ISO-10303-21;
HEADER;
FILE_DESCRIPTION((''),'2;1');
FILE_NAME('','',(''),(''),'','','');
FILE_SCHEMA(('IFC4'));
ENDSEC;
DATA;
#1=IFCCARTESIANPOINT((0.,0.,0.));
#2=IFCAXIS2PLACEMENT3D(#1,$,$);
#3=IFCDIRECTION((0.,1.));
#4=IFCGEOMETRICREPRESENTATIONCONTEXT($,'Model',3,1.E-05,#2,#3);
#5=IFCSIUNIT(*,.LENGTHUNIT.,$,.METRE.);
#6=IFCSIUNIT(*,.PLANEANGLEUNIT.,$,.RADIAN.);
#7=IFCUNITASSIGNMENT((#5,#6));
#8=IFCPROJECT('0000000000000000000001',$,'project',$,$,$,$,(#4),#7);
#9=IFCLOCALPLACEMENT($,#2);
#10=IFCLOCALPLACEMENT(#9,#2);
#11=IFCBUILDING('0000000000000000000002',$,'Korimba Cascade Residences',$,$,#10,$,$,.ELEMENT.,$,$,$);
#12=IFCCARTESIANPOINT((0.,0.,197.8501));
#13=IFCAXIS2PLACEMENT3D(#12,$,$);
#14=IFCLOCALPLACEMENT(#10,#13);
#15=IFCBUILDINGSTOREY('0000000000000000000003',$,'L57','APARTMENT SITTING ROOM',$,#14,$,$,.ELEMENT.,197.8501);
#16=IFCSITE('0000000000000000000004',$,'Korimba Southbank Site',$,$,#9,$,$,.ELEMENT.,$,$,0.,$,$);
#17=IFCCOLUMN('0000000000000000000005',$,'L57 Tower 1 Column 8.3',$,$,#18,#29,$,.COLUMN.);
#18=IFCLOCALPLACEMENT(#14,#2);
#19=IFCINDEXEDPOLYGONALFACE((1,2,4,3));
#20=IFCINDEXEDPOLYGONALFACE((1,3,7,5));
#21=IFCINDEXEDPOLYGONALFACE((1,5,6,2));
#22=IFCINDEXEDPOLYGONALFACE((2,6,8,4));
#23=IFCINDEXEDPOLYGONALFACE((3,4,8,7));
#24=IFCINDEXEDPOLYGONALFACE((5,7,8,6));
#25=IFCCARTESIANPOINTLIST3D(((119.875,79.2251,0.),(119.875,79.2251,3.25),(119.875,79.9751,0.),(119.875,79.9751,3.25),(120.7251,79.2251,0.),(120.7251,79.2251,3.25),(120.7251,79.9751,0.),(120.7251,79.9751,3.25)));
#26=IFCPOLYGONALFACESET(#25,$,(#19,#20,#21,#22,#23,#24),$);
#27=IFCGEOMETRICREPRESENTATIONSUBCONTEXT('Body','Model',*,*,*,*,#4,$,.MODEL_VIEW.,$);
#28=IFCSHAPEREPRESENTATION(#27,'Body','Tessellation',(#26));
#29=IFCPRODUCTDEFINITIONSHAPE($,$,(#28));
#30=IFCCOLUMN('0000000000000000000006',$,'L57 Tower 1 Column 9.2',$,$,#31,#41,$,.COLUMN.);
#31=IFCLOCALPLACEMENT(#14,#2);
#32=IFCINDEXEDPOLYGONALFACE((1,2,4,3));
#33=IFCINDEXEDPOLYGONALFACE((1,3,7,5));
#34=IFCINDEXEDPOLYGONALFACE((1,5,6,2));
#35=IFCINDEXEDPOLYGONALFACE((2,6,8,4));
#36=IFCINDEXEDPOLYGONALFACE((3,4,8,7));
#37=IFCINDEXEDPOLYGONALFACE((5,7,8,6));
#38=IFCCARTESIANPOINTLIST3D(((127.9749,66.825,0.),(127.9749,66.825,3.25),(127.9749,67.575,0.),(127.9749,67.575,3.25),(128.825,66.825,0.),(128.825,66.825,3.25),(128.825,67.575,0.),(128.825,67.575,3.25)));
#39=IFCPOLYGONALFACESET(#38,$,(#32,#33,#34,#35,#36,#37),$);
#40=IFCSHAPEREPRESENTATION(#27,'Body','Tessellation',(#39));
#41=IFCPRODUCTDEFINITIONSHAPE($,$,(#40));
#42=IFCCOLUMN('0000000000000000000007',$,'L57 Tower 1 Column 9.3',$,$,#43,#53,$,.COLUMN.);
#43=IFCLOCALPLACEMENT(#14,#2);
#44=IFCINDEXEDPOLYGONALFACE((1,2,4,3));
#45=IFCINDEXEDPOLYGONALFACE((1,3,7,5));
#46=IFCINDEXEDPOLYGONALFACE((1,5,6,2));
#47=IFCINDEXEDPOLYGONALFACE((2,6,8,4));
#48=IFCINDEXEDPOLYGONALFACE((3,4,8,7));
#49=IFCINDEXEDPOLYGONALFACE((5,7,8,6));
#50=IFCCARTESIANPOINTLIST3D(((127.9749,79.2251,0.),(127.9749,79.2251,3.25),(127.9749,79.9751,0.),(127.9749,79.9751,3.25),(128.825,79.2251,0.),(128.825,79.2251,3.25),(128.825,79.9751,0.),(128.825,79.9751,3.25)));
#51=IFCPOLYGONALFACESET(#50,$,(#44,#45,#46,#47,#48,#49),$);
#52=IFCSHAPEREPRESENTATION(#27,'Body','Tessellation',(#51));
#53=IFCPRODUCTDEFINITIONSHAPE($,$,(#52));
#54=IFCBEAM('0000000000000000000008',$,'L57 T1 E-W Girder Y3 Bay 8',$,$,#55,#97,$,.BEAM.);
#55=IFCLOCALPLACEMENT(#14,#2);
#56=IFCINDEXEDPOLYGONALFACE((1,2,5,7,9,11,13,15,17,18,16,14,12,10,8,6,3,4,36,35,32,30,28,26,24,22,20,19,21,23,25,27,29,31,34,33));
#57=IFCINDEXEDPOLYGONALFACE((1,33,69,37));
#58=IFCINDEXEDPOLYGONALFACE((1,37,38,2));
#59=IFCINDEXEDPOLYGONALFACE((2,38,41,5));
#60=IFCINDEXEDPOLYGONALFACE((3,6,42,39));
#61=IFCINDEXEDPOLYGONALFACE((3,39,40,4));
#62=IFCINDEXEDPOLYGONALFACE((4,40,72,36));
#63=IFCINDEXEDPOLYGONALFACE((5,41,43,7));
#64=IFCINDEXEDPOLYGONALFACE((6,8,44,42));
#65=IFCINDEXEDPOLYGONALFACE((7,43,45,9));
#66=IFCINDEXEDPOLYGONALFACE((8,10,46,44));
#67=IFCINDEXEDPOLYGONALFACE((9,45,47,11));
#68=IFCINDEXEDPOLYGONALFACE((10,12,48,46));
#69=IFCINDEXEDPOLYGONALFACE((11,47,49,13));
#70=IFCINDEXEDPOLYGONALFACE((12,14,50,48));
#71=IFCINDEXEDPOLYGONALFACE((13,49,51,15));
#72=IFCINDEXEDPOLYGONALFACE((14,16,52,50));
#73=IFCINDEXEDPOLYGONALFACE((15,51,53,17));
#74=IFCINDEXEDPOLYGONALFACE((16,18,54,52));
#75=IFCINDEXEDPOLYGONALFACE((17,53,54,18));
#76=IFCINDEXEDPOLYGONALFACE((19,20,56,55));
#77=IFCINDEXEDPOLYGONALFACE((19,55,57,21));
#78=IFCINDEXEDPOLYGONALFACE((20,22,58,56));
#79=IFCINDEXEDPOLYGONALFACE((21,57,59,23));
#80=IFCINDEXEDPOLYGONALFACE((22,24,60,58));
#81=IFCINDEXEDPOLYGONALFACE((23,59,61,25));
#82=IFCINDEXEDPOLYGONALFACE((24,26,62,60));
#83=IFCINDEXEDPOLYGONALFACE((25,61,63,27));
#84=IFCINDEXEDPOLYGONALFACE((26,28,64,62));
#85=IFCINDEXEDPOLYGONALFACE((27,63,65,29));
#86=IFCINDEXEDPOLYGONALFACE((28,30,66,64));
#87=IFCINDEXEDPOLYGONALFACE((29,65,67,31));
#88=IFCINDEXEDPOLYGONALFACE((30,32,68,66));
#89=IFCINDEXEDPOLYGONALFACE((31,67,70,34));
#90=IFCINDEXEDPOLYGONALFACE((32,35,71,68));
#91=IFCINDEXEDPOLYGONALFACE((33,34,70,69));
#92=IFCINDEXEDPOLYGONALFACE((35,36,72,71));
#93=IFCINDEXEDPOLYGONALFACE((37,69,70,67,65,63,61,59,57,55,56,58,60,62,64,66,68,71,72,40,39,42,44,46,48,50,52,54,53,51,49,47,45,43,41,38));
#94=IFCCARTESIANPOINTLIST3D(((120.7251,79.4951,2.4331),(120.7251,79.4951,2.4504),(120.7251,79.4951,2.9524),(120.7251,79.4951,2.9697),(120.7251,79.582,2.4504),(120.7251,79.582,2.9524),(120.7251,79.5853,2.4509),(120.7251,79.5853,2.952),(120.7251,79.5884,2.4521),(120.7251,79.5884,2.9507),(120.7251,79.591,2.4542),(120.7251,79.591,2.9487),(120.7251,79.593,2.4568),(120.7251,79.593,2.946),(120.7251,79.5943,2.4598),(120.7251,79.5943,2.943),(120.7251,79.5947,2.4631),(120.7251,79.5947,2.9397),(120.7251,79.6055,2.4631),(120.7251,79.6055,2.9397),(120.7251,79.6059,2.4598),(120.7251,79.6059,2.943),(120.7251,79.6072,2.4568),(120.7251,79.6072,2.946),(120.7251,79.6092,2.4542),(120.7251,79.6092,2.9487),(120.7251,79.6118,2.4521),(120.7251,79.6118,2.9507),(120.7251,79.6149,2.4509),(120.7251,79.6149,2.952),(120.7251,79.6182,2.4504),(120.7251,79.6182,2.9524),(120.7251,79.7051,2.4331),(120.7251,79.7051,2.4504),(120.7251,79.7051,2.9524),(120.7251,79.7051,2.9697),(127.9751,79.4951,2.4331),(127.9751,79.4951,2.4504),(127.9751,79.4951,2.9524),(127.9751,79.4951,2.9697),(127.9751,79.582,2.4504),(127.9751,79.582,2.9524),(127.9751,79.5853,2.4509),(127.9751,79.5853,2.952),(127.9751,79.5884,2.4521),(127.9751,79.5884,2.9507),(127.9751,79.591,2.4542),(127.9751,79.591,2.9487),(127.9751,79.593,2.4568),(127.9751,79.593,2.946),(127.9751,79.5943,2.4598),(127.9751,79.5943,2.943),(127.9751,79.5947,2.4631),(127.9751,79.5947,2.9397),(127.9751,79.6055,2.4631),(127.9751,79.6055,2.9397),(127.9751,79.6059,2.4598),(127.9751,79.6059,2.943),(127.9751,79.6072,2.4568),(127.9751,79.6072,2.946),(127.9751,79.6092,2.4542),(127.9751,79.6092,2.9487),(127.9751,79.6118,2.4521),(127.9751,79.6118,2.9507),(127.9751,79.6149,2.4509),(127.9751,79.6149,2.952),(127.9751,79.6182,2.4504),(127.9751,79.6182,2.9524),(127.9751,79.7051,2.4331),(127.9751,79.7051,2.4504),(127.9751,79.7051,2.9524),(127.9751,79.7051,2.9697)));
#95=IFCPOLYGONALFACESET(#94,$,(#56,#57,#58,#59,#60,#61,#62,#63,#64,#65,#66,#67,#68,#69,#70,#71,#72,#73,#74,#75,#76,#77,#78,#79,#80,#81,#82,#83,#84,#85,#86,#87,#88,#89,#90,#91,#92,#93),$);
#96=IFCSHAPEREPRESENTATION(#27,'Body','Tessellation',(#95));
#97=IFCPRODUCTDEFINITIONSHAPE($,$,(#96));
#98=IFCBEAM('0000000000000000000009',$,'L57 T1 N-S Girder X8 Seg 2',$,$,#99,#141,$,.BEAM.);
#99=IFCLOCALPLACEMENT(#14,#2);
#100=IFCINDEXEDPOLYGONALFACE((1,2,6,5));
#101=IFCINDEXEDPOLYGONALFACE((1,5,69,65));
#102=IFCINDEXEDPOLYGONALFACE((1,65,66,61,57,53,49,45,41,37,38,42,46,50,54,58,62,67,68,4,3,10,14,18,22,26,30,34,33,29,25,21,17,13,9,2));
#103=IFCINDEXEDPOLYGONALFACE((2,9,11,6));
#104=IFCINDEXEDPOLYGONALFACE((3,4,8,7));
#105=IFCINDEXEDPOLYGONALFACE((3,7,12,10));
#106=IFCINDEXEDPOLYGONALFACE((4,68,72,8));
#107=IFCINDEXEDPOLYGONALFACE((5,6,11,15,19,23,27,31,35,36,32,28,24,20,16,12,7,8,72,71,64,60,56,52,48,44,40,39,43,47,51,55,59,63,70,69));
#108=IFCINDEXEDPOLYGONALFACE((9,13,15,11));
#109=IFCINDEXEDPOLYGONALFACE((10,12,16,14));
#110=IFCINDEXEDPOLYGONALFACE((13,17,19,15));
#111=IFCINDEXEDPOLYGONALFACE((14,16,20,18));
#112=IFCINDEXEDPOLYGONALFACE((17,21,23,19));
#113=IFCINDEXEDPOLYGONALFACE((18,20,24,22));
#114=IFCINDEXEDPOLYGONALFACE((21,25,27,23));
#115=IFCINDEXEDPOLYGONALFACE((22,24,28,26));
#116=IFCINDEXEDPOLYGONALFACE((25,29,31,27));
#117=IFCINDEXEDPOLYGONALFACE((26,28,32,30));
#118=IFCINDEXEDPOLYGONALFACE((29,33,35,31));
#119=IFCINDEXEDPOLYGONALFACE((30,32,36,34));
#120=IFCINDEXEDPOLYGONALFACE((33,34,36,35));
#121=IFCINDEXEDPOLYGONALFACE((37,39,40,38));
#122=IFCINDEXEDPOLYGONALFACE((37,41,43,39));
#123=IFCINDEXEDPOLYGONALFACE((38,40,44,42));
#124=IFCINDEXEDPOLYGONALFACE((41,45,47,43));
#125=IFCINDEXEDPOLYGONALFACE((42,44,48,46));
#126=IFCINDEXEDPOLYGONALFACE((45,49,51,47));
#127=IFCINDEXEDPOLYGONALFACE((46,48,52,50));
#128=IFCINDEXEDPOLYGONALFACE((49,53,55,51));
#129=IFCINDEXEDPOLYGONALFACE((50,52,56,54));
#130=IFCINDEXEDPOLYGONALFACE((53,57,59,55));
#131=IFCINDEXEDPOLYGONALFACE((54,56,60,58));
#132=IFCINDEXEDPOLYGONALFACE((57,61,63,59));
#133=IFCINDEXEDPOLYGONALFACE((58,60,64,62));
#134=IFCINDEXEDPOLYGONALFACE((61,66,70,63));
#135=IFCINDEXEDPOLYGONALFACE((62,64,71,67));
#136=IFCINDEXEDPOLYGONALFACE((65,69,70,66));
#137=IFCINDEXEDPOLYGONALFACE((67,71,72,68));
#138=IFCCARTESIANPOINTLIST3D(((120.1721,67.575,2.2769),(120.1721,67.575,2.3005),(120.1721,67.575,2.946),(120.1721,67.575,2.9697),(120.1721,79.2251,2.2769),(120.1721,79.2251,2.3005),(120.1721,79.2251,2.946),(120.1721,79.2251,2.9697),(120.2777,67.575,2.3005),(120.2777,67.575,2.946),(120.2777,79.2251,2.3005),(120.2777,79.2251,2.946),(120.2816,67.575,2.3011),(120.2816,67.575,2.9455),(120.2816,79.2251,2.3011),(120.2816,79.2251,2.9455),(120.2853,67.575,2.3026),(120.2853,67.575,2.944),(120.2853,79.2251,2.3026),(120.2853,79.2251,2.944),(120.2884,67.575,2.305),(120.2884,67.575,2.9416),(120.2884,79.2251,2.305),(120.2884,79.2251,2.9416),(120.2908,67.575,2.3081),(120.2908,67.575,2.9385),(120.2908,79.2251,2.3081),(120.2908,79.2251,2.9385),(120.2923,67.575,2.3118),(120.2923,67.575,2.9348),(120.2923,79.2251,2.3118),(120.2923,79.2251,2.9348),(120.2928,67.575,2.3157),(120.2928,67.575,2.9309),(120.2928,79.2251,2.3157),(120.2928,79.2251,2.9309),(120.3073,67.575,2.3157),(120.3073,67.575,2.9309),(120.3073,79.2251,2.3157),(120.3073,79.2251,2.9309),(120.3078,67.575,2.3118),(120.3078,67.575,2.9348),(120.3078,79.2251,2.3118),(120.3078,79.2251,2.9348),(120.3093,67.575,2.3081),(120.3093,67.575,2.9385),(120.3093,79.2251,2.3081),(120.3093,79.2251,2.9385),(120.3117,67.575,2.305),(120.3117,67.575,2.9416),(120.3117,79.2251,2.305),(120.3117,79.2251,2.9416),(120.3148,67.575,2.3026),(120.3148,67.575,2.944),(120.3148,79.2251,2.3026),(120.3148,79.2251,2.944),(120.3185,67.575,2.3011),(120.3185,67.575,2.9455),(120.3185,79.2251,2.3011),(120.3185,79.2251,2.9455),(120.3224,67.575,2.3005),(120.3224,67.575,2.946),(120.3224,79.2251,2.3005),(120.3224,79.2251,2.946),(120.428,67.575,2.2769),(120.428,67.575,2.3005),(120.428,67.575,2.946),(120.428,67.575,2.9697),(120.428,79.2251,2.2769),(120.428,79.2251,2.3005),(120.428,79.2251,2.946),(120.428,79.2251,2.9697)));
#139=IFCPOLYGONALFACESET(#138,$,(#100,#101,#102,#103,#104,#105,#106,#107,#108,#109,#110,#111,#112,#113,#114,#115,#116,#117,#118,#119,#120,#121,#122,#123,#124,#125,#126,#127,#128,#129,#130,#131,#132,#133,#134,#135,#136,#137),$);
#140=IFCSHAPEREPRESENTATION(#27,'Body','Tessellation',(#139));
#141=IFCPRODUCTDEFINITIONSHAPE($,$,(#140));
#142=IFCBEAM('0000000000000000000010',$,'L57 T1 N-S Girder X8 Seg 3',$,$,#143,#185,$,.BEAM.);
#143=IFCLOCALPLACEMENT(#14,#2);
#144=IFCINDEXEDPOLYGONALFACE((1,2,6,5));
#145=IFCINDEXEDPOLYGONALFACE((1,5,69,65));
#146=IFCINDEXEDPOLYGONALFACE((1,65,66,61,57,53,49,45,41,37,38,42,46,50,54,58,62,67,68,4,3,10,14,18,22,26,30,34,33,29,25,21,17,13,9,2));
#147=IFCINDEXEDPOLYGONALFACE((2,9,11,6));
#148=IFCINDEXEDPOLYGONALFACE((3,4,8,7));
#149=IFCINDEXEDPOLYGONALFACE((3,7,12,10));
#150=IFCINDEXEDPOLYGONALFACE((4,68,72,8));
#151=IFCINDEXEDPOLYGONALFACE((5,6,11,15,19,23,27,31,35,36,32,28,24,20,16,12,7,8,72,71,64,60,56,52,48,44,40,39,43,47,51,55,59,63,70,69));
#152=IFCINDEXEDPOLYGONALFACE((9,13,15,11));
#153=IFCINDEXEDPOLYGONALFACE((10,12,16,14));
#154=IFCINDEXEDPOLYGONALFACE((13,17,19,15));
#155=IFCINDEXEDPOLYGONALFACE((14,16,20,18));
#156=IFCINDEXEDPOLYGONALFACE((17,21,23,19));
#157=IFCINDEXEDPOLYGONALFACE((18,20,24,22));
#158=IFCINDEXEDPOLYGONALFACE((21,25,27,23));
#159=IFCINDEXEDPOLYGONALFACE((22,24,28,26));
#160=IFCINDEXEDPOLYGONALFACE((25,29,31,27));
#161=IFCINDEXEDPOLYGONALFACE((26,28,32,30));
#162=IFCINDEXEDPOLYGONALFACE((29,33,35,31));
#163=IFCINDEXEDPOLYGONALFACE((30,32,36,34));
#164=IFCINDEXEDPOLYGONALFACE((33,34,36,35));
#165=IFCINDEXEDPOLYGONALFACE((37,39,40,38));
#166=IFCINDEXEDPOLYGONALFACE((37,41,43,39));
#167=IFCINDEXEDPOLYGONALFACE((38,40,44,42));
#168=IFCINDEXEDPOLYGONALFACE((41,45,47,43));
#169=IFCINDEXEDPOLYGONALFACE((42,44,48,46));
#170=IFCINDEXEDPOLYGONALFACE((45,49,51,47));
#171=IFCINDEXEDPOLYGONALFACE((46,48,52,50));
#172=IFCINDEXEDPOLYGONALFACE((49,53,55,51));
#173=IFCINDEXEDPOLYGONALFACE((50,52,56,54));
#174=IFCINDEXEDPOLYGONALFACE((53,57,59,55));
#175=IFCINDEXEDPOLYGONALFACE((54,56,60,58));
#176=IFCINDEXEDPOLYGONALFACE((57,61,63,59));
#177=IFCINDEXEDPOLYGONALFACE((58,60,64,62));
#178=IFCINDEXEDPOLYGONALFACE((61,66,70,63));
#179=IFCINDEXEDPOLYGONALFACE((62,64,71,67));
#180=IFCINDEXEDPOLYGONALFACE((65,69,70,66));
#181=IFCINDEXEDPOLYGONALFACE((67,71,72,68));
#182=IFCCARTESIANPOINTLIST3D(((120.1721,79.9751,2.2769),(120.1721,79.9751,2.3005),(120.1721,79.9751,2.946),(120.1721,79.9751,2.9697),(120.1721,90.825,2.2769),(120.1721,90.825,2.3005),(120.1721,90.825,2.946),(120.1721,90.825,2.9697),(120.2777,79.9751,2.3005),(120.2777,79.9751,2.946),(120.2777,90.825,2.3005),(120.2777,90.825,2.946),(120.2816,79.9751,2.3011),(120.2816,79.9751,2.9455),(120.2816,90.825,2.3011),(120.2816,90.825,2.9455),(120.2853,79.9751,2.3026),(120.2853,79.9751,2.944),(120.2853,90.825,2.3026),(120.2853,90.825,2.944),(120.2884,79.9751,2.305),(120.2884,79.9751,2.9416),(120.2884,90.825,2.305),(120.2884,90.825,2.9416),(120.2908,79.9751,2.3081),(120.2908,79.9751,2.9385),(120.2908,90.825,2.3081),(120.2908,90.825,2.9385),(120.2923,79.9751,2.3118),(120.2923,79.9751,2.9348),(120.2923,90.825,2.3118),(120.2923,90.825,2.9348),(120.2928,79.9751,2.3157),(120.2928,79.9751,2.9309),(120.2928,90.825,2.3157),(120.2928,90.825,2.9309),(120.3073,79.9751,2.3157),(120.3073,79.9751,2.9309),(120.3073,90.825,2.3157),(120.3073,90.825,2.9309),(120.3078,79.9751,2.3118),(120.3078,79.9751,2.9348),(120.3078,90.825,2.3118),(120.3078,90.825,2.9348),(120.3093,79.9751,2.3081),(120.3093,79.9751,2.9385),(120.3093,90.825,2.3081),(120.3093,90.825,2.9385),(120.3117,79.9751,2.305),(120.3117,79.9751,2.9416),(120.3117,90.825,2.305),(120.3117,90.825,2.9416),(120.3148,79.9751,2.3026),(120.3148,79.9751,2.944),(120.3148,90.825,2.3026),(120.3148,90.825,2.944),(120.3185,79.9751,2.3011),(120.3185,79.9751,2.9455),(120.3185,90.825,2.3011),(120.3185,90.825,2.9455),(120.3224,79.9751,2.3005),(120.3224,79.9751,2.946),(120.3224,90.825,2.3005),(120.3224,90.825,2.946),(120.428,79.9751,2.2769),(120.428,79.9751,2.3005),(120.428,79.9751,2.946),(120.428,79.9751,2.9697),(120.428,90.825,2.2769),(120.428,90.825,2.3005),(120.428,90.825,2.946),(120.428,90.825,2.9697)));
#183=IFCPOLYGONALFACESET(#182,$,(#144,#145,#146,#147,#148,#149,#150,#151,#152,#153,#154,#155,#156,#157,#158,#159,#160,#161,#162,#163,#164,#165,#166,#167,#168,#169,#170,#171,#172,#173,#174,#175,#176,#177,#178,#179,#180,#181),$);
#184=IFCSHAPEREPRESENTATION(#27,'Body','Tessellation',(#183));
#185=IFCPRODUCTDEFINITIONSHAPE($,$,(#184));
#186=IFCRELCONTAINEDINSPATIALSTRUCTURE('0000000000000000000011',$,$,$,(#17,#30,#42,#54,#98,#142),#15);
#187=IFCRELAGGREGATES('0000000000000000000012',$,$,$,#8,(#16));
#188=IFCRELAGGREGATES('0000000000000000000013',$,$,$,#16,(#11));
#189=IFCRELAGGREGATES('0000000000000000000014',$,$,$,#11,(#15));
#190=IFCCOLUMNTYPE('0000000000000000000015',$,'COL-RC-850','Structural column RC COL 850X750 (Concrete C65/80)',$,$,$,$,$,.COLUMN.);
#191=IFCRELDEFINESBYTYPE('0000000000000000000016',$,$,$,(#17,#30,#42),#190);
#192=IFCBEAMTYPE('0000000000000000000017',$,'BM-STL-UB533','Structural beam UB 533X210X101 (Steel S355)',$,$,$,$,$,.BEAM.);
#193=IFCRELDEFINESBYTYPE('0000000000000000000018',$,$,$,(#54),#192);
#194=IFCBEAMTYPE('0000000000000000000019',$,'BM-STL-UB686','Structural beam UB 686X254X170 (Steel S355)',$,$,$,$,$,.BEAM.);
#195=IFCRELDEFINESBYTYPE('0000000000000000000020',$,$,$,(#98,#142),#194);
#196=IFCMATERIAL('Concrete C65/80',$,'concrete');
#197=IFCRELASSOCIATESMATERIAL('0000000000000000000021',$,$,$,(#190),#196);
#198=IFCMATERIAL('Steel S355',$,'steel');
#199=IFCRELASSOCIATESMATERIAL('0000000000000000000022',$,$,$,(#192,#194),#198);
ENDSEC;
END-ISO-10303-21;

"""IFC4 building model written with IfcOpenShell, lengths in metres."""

from ifc_helpers import new_model, si_unit, direction, frame, origin, origin_2d, place, context, subcontext, project, spatial, rectangle, i_section, extrude, material, material_profile, profile_set, type_object, element, save


model = new_model("IFC4")

# Units and contexts
model_context = context("Model", 3, precision=1e-05, world=origin(), true_north=direction((0.0, 1.0)))
body_context = subcontext(model_context, "Body", "Model", "MODEL_VIEW")
ifc_project = project(units=[si_unit("LENGTHUNIT", "METRE"), si_unit("PLANEANGLEUNIT", "RADIAN")], contexts=[model_context])

# Site, building, storey
site_placement = place(None, origin())
site = spatial("IfcSite", under=ifc_project, at=site_placement, Name="Korimba Southbank Site", CompositionType="ELEMENT", RefElevation=0.0)
building_placement = place(site_placement, origin())
building = spatial("IfcBuilding", under=site, at=building_placement, Name="Korimba Cascade Residences", CompositionType="ELEMENT")
storey_placement = place(building_placement, frame((0.0, 0.0, 197.8501)))
storey = spatial("IfcBuildingStorey", under=building, at=storey_placement, Name="L57", Description="APARTMENT SITTING ROOM", CompositionType="ELEMENT", Elevation=197.8501)

# Columns
ifc_material_1 = material(Name="Concrete C65/80", Category="concrete")
ifc_material_profile_1 = material_profile(ifc_material_1, rectangle(XDim=0.8501, YDim=0.75, at=origin_2d()), Name="Concrete C65/80")
ifc_profile_set_1 = profile_set([ifc_material_profile_1], Name="Concrete C65/80")
column_type = type_object("IfcColumnType", Name="COL-RC-850", Description="Structural column RC COL 850X750 (Concrete C65/80)", PredefinedType="COLUMN", material=ifc_profile_set_1)
for number, where, z_axis, x_axis, name in (
    (1, (120.3, 79.6001, 0.0), (0.0, 0.0, 1.0), (1.0, 0.0, 0.0), "L57 Tower 1 Column 8.3"),
    (2, (128.3999, 67.2, 0.0), (0.0, 0.0, 1.0), (1.0, 0.0, 0.0), "L57 Tower 1 Column 9.2"),
    (3, (128.3999, 79.6001, 0.0), (0.0, 0.0, 1.0), (1.0, 0.0, 0.0), "L57 Tower 1 Column 9.3"),
):
    element("IfcColumn", number, at=place(storey_placement, frame(where, z_axis=z_axis, x_axis=x_axis)), inside=storey, type_object=column_type, Name=name, PredefinedType="COLUMN", context=body_context, shape_type="SweptSolid", body=[
        extrude(rectangle(XDim=0.8501, YDim=0.75, at=origin_2d()), origin(), (0.0, 0.0, 1.0), 3.25),
    ])

# Beams
ifc_material_2 = material(Name="Steel S355", Category="steel")
ifc_material_profile_2 = material_profile(ifc_material_2, i_section(OverallWidth=0.21, OverallDepth=0.5366, WebThickness=0.0107, FlangeThickness=0.0173, FilletRadius=0.0127, at=origin_2d()), Name="Steel S355")
ifc_profile_set_2 = profile_set([ifc_material_profile_2], Name="Steel S355")
beam_type_1 = type_object("IfcBeamType", Name="BM-STL-UB533", Description="Structural beam UB 533X210X101 (Steel S355)", PredefinedType="BEAM", material=ifc_profile_set_2)
beam_1_placement = place(storey_placement, frame((120.7251, 79.6001, 2.7014), z_axis=(1.0, 0.0, 0.0), x_axis=(0.0, 1.0, 0.0)))
element("IfcBeam", 4, at=beam_1_placement, inside=storey, type_object=beam_type_1, Name="L57 T1 E-W Girder Y3 Bay 8", PredefinedType="BEAM", context=body_context, shape_type="SweptSolid", body=[
    extrude(i_section(OverallWidth=0.21, OverallDepth=0.5366, WebThickness=0.0107, FlangeThickness=0.0173, FilletRadius=0.0127, at=origin_2d()), origin(), (0.0, 0.0, 1.0), 7.25),
])
ifc_material_profile_3 = material_profile(ifc_material_2, i_section(OverallWidth=0.2559, OverallDepth=0.6929, WebThickness=0.0144, FlangeThickness=0.0237, FilletRadius=0.0151, at=origin_2d()), Name="Steel S355")
ifc_profile_set_3 = profile_set([ifc_material_profile_3], Name="Steel S355")
beam_type_2 = type_object("IfcBeamType", Name="BM-STL-UB686", Description="Structural beam UB 686X254X170 (Steel S355)", PredefinedType="BEAM", material=ifc_profile_set_3)
beam_2_placement = place(storey_placement, frame((120.3, 67.575, 2.6233), z_axis=(0.0, 1.0, 0.0), x_axis=(-1.0, 0.0, 0.0)))
element("IfcBeam", 5, at=beam_2_placement, inside=storey, type_object=beam_type_2, Name="L57 T1 N-S Girder X8 Seg 2", PredefinedType="BEAM", context=body_context, shape_type="SweptSolid", body=[
    extrude(i_section(OverallWidth=0.2559, OverallDepth=0.6929, WebThickness=0.0144, FlangeThickness=0.0237, FilletRadius=0.0151, at=origin_2d()), origin(), (0.0, 0.0, 1.0), 11.6501),
])
beam_3_placement = place(storey_placement, frame((120.3, 79.9751, 2.6233), z_axis=(0.0, 1.0, 0.0), x_axis=(-1.0, 0.0, 0.0)))
element("IfcBeam", 6, at=beam_3_placement, inside=storey, type_object=beam_type_2, Name="L57 T1 N-S Girder X8 Seg 3", PredefinedType="BEAM", context=body_context, shape_type="SweptSolid", body=[
    extrude(i_section(OverallWidth=0.2559, OverallDepth=0.6929, WebThickness=0.0144, FlangeThickness=0.0237, FilletRadius=0.0151, at=origin_2d()), origin(), (0.0, 0.0, 1.0), 10.8499),
])

save(model, "model.ifc")
